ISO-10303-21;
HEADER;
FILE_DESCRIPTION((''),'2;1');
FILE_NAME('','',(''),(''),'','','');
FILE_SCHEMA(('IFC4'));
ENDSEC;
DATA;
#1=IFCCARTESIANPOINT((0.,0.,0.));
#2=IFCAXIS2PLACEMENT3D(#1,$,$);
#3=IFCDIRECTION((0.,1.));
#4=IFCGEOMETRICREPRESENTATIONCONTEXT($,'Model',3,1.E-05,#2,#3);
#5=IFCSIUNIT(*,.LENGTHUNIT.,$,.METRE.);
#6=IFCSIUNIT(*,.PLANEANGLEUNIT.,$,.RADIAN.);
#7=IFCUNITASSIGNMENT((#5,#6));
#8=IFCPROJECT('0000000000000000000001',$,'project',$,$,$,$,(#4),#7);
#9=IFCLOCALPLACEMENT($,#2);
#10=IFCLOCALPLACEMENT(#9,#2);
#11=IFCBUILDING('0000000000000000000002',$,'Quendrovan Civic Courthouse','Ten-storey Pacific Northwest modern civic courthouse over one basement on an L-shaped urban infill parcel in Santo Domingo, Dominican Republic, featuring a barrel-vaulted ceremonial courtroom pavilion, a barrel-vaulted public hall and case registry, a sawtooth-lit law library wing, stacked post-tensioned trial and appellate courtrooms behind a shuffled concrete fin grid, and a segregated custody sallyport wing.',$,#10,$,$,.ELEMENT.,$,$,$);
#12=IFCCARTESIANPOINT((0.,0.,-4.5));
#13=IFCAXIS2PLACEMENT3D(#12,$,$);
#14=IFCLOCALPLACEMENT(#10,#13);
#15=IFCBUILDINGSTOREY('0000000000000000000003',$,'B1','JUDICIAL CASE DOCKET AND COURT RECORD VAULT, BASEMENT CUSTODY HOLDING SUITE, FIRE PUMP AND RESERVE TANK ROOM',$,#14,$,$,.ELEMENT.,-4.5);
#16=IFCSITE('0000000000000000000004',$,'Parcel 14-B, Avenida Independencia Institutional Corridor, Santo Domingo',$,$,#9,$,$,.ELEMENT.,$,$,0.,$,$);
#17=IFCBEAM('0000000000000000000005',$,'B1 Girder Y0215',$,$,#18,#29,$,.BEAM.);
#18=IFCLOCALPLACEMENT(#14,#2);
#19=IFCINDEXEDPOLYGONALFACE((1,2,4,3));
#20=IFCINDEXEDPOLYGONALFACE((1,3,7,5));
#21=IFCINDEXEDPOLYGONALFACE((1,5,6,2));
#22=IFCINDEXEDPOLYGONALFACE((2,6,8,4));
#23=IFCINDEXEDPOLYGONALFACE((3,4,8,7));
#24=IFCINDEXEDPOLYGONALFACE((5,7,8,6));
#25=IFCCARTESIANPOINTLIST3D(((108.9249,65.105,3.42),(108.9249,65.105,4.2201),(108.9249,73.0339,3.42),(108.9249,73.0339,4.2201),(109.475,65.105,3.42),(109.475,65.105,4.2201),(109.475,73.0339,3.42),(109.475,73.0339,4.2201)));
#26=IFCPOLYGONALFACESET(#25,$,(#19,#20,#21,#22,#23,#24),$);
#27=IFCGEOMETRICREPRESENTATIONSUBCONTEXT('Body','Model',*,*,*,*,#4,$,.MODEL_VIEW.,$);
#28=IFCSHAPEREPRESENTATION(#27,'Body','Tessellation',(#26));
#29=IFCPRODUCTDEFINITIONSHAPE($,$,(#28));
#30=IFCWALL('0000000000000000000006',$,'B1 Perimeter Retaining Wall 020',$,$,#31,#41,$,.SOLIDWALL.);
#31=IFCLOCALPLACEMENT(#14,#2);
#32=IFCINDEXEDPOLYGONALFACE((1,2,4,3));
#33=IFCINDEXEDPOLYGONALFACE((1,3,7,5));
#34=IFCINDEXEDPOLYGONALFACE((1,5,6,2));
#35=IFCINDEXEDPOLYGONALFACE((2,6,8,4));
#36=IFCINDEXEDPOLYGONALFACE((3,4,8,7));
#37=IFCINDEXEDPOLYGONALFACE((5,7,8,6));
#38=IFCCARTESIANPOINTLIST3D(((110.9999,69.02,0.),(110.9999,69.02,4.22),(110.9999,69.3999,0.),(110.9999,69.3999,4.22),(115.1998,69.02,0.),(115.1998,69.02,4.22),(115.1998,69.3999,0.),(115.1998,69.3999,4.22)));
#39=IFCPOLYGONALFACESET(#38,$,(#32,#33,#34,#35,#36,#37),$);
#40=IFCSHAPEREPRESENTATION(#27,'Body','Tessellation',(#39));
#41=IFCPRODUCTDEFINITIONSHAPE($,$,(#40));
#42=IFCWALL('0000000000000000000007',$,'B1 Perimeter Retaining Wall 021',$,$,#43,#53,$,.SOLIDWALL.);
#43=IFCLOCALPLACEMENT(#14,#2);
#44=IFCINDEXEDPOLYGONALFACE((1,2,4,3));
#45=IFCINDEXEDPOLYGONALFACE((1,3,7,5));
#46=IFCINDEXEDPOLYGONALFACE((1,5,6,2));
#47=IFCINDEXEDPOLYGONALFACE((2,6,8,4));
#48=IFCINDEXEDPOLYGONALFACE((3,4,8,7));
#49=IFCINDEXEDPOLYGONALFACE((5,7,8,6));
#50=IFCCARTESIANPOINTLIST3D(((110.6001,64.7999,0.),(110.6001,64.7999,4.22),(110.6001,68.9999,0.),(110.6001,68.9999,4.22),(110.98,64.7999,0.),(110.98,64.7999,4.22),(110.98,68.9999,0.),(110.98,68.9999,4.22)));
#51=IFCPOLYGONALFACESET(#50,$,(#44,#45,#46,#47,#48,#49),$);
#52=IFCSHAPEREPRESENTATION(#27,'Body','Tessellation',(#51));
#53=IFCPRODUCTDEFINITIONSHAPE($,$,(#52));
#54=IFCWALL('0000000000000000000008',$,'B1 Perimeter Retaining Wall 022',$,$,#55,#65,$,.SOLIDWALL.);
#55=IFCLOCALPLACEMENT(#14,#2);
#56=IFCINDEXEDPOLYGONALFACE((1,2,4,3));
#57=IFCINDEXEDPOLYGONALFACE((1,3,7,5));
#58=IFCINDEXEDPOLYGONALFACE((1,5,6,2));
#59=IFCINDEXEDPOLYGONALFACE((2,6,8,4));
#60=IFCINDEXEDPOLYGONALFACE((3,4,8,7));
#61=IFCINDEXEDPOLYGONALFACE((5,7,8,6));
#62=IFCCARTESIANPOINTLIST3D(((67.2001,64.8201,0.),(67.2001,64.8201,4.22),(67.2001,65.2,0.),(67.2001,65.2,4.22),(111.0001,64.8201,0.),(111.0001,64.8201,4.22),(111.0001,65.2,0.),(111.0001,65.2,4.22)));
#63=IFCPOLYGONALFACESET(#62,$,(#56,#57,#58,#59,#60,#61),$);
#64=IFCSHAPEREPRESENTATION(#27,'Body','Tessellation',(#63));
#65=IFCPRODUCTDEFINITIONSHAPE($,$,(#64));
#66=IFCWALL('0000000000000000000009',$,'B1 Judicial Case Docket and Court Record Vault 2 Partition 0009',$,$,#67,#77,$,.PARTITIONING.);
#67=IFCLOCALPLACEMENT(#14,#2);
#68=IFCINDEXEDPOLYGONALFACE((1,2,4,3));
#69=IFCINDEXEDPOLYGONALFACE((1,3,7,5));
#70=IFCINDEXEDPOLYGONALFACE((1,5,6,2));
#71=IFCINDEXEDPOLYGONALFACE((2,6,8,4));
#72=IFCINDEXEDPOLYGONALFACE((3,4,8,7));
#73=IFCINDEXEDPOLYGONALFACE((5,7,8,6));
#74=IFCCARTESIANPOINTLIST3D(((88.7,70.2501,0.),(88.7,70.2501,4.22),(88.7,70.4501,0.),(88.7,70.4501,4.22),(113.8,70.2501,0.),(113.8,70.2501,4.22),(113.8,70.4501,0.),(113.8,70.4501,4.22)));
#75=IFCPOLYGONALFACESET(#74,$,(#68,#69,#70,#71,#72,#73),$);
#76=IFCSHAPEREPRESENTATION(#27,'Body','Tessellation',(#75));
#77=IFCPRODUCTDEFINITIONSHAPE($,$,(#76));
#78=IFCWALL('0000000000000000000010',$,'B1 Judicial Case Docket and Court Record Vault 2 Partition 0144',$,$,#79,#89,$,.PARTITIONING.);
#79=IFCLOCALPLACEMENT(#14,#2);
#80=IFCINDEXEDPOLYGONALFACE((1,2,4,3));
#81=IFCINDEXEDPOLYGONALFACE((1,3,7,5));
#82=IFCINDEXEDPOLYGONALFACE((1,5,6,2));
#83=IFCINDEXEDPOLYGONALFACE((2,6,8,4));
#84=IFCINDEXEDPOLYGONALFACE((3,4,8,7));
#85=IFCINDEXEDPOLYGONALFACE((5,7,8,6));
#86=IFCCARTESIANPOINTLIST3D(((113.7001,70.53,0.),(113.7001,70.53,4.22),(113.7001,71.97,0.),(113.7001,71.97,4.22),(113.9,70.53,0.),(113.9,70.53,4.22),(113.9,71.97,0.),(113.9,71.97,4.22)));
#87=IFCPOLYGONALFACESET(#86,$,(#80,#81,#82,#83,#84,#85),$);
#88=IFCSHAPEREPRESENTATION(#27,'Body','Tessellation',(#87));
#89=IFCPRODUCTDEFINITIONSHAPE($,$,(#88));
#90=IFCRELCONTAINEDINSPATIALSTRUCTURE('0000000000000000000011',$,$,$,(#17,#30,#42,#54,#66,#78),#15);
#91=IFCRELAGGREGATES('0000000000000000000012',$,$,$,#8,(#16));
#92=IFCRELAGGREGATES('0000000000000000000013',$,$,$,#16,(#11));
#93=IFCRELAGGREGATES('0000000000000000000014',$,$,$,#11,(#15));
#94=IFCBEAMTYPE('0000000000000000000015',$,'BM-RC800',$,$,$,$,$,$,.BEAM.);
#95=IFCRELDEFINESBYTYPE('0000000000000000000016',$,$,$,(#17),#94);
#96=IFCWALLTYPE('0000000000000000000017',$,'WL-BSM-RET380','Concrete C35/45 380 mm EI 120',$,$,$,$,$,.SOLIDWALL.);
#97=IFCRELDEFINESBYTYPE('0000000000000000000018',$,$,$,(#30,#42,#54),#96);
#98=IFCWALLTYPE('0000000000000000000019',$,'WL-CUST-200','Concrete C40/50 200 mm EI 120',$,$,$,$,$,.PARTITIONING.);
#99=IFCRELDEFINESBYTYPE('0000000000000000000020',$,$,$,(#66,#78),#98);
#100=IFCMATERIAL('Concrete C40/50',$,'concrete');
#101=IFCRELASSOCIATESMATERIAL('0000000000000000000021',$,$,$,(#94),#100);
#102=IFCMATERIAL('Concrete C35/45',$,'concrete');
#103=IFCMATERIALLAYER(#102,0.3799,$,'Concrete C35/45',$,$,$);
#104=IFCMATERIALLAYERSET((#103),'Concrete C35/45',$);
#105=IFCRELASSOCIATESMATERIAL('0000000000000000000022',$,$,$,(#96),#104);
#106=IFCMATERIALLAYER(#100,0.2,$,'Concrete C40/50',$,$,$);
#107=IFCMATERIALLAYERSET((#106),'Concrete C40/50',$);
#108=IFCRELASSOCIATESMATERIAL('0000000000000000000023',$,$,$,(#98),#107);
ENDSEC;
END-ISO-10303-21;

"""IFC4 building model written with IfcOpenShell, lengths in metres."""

from ifc_helpers import new_model, si_unit, direction, frame, frame_2d, origin, origin_2d, place, context, subcontext, project, spatial, rectangle, extrude, material, layer, layer_set, material_profile, profile_set, type_object, element, save


model = new_model("IFC4")

# Units and contexts
model_context = context("Model", 3, precision=1e-05, world=origin(), true_north=direction((0.0, 1.0)))
body_context = subcontext(model_context, "Body", "Model", "MODEL_VIEW")
ifc_project = project(units=[si_unit("LENGTHUNIT", "METRE"), si_unit("PLANEANGLEUNIT", "RADIAN")], contexts=[model_context])

# Site, building, storey
site_placement = place(None, origin())
site = spatial("IfcSite", under=ifc_project, at=site_placement, Name="Parcel 14-B, Avenida Independencia Institutional Corridor, Santo Domingo", CompositionType="ELEMENT", RefElevation=0.0)
building_placement = place(site_placement, origin())
building = spatial("IfcBuilding", under=site, at=building_placement, Name="Quendrovan Civic Courthouse", Description="Ten-storey Pacific Northwest modern civic courthouse over one basement on an L-shaped urban infill parcel in Santo Domingo, Dominican Republic, featuring a barrel-vaulted ceremonial courtroom pavilion, a barrel-vaulted public hall and case registry, a sawtooth-lit law library wing, stacked post-tensioned trial and appellate courtrooms behind a shuffled concrete fin grid, and a segregated custody sallyport wing.", CompositionType="ELEMENT")
storey_placement = place(building_placement, frame((0.0, 0.0, -4.5)))
storey = spatial("IfcBuildingStorey", under=building, at=storey_placement, Name="B1", Description="JUDICIAL CASE DOCKET AND COURT RECORD VAULT, BASEMENT CUSTODY HOLDING SUITE, FIRE PUMP AND RESERVE TANK ROOM", CompositionType="ELEMENT", Elevation=-4.5)

# Shared definitions
ifc_material_1 = material(Name="Concrete C35/45", Category="concrete")

# Beam
ifc_material_2 = material(Name="Concrete C40/50", Category="concrete")
ifc_material_profile_1 = material_profile(ifc_material_2, rectangle(XDim=0.55, YDim=0.8, at=origin_2d()), Name="RC-BM-550x800")
ifc_profile_set_1 = profile_set([ifc_material_profile_1], Name="Concrete C40/50")
beam_type_1 = type_object("IfcBeamType", Name="BM-RC800", PredefinedType="BEAM", material=ifc_profile_set_1)
beam_1_placement = place(storey_placement, frame((109.2, 65.105, 3.8201), z_axis=(0.0, 1.0, 0.0), x_axis=(-1.0, 0.0, 0.0)))
element("IfcBeam", 1, at=beam_1_placement, inside=storey, type_object=beam_type_1, Name="B1 Girder Y0215", PredefinedType="BEAM", context=body_context, shape_type="SweptSolid", body=[
    extrude(rectangle(XDim=0.55, YDim=0.8, at=origin_2d()), origin(), (0.0, 0.0, 1.0), 7.929),
])

# Walls
ifc_layer_1 = layer(ifc_material_1, 0.3799, Name="Concrete C35/45")
ifc_layer_set_1 = layer_set([ifc_layer_1], Name="Concrete C35/45")
wall_type_1 = type_object("IfcWallType", Name="WL-BSM-RET380", Description="Concrete C35/45 380 mm EI 120", PredefinedType="SOLIDWALL", material=ifc_layer_set_1)
for number, where, z_axis, x_axis, name in (
    (2, (115.2, 69.21, 0.0), (0.0, 0.0, 1.0), (-1.0, 0.0, 0.0), "B1 Perimeter Retaining Wall 020"),
    (3, (110.79, 69.0, 0.0), (0.0, 0.0, 1.0), (0.0, -1.0, 0.0), "B1 Perimeter Retaining Wall 021"),
):
    element("IfcWall", number, at=place(storey_placement, frame(where, z_axis=z_axis, x_axis=x_axis)), inside=storey, type_object=wall_type_1, Name=name, PredefinedType="SOLIDWALL", context=body_context, shape_type="SweptSolid", body=[
        extrude(rectangle(XDim=4.2, YDim=0.3799, at=frame_2d((2.1001, 0.0))), origin(), (0.0, 0.0, 1.0), 4.22),
    ])
wall_1_placement = place(storey_placement, frame((111.0, 65.01, 0.0), z_axis=(0.0, 0.0, 1.0), x_axis=(-1.0, 0.0, 0.0)))
element("IfcWall", 4, at=wall_1_placement, inside=storey, type_object=wall_type_1, Name="B1 Perimeter Retaining Wall 022", PredefinedType="SOLIDWALL", context=body_context, shape_type="SweptSolid", body=[
    extrude(rectangle(XDim=43.8, YDim=0.3799, at=frame_2d((21.8999, 0.0))), origin(), (0.0, 0.0, 1.0), 4.22),
])
ifc_layer_2 = layer(ifc_material_2, 0.2, Name="Concrete C40/50")
ifc_layer_set_2 = layer_set([ifc_layer_2], Name="Concrete C40/50")
wall_type_2 = type_object("IfcWallType", Name="WL-CUST-200", Description="Concrete C40/50 200 mm EI 120", PredefinedType="PARTITIONING", material=ifc_layer_set_2)
wall_2_placement = place(storey_placement, frame((88.7, 70.3501, 0.0), z_axis=(0.0, 0.0, 1.0), x_axis=(1.0, 0.0, 0.0)))
element("IfcWall", 5, at=wall_2_placement, inside=storey, type_object=wall_type_2, Name="B1 Judicial Case Docket and Court Record Vault 2 Partition 0009", PredefinedType="PARTITIONING", context=body_context, shape_type="SweptSolid", body=[
    extrude(rectangle(XDim=25.1001, YDim=0.2, at=frame_2d((12.55, 0.0))), origin(), (0.0, 0.0, 1.0), 4.22),
])
wall_3_placement = place(storey_placement, frame((113.8, 70.53, 0.0), z_axis=(0.0, 0.0, 1.0), x_axis=(0.0, 1.0, 0.0)))
element("IfcWall", 6, at=wall_3_placement, inside=storey, type_object=wall_type_2, Name="B1 Judicial Case Docket and Court Record Vault 2 Partition 0144", PredefinedType="PARTITIONING", context=body_context, shape_type="SweptSolid", body=[
    extrude(rectangle(XDim=1.4399, YDim=0.2, at=frame_2d((0.72, 0.0))), origin(), (0.0, 0.0, 1.0), 4.22),
])

save(model, "model.ifc")
